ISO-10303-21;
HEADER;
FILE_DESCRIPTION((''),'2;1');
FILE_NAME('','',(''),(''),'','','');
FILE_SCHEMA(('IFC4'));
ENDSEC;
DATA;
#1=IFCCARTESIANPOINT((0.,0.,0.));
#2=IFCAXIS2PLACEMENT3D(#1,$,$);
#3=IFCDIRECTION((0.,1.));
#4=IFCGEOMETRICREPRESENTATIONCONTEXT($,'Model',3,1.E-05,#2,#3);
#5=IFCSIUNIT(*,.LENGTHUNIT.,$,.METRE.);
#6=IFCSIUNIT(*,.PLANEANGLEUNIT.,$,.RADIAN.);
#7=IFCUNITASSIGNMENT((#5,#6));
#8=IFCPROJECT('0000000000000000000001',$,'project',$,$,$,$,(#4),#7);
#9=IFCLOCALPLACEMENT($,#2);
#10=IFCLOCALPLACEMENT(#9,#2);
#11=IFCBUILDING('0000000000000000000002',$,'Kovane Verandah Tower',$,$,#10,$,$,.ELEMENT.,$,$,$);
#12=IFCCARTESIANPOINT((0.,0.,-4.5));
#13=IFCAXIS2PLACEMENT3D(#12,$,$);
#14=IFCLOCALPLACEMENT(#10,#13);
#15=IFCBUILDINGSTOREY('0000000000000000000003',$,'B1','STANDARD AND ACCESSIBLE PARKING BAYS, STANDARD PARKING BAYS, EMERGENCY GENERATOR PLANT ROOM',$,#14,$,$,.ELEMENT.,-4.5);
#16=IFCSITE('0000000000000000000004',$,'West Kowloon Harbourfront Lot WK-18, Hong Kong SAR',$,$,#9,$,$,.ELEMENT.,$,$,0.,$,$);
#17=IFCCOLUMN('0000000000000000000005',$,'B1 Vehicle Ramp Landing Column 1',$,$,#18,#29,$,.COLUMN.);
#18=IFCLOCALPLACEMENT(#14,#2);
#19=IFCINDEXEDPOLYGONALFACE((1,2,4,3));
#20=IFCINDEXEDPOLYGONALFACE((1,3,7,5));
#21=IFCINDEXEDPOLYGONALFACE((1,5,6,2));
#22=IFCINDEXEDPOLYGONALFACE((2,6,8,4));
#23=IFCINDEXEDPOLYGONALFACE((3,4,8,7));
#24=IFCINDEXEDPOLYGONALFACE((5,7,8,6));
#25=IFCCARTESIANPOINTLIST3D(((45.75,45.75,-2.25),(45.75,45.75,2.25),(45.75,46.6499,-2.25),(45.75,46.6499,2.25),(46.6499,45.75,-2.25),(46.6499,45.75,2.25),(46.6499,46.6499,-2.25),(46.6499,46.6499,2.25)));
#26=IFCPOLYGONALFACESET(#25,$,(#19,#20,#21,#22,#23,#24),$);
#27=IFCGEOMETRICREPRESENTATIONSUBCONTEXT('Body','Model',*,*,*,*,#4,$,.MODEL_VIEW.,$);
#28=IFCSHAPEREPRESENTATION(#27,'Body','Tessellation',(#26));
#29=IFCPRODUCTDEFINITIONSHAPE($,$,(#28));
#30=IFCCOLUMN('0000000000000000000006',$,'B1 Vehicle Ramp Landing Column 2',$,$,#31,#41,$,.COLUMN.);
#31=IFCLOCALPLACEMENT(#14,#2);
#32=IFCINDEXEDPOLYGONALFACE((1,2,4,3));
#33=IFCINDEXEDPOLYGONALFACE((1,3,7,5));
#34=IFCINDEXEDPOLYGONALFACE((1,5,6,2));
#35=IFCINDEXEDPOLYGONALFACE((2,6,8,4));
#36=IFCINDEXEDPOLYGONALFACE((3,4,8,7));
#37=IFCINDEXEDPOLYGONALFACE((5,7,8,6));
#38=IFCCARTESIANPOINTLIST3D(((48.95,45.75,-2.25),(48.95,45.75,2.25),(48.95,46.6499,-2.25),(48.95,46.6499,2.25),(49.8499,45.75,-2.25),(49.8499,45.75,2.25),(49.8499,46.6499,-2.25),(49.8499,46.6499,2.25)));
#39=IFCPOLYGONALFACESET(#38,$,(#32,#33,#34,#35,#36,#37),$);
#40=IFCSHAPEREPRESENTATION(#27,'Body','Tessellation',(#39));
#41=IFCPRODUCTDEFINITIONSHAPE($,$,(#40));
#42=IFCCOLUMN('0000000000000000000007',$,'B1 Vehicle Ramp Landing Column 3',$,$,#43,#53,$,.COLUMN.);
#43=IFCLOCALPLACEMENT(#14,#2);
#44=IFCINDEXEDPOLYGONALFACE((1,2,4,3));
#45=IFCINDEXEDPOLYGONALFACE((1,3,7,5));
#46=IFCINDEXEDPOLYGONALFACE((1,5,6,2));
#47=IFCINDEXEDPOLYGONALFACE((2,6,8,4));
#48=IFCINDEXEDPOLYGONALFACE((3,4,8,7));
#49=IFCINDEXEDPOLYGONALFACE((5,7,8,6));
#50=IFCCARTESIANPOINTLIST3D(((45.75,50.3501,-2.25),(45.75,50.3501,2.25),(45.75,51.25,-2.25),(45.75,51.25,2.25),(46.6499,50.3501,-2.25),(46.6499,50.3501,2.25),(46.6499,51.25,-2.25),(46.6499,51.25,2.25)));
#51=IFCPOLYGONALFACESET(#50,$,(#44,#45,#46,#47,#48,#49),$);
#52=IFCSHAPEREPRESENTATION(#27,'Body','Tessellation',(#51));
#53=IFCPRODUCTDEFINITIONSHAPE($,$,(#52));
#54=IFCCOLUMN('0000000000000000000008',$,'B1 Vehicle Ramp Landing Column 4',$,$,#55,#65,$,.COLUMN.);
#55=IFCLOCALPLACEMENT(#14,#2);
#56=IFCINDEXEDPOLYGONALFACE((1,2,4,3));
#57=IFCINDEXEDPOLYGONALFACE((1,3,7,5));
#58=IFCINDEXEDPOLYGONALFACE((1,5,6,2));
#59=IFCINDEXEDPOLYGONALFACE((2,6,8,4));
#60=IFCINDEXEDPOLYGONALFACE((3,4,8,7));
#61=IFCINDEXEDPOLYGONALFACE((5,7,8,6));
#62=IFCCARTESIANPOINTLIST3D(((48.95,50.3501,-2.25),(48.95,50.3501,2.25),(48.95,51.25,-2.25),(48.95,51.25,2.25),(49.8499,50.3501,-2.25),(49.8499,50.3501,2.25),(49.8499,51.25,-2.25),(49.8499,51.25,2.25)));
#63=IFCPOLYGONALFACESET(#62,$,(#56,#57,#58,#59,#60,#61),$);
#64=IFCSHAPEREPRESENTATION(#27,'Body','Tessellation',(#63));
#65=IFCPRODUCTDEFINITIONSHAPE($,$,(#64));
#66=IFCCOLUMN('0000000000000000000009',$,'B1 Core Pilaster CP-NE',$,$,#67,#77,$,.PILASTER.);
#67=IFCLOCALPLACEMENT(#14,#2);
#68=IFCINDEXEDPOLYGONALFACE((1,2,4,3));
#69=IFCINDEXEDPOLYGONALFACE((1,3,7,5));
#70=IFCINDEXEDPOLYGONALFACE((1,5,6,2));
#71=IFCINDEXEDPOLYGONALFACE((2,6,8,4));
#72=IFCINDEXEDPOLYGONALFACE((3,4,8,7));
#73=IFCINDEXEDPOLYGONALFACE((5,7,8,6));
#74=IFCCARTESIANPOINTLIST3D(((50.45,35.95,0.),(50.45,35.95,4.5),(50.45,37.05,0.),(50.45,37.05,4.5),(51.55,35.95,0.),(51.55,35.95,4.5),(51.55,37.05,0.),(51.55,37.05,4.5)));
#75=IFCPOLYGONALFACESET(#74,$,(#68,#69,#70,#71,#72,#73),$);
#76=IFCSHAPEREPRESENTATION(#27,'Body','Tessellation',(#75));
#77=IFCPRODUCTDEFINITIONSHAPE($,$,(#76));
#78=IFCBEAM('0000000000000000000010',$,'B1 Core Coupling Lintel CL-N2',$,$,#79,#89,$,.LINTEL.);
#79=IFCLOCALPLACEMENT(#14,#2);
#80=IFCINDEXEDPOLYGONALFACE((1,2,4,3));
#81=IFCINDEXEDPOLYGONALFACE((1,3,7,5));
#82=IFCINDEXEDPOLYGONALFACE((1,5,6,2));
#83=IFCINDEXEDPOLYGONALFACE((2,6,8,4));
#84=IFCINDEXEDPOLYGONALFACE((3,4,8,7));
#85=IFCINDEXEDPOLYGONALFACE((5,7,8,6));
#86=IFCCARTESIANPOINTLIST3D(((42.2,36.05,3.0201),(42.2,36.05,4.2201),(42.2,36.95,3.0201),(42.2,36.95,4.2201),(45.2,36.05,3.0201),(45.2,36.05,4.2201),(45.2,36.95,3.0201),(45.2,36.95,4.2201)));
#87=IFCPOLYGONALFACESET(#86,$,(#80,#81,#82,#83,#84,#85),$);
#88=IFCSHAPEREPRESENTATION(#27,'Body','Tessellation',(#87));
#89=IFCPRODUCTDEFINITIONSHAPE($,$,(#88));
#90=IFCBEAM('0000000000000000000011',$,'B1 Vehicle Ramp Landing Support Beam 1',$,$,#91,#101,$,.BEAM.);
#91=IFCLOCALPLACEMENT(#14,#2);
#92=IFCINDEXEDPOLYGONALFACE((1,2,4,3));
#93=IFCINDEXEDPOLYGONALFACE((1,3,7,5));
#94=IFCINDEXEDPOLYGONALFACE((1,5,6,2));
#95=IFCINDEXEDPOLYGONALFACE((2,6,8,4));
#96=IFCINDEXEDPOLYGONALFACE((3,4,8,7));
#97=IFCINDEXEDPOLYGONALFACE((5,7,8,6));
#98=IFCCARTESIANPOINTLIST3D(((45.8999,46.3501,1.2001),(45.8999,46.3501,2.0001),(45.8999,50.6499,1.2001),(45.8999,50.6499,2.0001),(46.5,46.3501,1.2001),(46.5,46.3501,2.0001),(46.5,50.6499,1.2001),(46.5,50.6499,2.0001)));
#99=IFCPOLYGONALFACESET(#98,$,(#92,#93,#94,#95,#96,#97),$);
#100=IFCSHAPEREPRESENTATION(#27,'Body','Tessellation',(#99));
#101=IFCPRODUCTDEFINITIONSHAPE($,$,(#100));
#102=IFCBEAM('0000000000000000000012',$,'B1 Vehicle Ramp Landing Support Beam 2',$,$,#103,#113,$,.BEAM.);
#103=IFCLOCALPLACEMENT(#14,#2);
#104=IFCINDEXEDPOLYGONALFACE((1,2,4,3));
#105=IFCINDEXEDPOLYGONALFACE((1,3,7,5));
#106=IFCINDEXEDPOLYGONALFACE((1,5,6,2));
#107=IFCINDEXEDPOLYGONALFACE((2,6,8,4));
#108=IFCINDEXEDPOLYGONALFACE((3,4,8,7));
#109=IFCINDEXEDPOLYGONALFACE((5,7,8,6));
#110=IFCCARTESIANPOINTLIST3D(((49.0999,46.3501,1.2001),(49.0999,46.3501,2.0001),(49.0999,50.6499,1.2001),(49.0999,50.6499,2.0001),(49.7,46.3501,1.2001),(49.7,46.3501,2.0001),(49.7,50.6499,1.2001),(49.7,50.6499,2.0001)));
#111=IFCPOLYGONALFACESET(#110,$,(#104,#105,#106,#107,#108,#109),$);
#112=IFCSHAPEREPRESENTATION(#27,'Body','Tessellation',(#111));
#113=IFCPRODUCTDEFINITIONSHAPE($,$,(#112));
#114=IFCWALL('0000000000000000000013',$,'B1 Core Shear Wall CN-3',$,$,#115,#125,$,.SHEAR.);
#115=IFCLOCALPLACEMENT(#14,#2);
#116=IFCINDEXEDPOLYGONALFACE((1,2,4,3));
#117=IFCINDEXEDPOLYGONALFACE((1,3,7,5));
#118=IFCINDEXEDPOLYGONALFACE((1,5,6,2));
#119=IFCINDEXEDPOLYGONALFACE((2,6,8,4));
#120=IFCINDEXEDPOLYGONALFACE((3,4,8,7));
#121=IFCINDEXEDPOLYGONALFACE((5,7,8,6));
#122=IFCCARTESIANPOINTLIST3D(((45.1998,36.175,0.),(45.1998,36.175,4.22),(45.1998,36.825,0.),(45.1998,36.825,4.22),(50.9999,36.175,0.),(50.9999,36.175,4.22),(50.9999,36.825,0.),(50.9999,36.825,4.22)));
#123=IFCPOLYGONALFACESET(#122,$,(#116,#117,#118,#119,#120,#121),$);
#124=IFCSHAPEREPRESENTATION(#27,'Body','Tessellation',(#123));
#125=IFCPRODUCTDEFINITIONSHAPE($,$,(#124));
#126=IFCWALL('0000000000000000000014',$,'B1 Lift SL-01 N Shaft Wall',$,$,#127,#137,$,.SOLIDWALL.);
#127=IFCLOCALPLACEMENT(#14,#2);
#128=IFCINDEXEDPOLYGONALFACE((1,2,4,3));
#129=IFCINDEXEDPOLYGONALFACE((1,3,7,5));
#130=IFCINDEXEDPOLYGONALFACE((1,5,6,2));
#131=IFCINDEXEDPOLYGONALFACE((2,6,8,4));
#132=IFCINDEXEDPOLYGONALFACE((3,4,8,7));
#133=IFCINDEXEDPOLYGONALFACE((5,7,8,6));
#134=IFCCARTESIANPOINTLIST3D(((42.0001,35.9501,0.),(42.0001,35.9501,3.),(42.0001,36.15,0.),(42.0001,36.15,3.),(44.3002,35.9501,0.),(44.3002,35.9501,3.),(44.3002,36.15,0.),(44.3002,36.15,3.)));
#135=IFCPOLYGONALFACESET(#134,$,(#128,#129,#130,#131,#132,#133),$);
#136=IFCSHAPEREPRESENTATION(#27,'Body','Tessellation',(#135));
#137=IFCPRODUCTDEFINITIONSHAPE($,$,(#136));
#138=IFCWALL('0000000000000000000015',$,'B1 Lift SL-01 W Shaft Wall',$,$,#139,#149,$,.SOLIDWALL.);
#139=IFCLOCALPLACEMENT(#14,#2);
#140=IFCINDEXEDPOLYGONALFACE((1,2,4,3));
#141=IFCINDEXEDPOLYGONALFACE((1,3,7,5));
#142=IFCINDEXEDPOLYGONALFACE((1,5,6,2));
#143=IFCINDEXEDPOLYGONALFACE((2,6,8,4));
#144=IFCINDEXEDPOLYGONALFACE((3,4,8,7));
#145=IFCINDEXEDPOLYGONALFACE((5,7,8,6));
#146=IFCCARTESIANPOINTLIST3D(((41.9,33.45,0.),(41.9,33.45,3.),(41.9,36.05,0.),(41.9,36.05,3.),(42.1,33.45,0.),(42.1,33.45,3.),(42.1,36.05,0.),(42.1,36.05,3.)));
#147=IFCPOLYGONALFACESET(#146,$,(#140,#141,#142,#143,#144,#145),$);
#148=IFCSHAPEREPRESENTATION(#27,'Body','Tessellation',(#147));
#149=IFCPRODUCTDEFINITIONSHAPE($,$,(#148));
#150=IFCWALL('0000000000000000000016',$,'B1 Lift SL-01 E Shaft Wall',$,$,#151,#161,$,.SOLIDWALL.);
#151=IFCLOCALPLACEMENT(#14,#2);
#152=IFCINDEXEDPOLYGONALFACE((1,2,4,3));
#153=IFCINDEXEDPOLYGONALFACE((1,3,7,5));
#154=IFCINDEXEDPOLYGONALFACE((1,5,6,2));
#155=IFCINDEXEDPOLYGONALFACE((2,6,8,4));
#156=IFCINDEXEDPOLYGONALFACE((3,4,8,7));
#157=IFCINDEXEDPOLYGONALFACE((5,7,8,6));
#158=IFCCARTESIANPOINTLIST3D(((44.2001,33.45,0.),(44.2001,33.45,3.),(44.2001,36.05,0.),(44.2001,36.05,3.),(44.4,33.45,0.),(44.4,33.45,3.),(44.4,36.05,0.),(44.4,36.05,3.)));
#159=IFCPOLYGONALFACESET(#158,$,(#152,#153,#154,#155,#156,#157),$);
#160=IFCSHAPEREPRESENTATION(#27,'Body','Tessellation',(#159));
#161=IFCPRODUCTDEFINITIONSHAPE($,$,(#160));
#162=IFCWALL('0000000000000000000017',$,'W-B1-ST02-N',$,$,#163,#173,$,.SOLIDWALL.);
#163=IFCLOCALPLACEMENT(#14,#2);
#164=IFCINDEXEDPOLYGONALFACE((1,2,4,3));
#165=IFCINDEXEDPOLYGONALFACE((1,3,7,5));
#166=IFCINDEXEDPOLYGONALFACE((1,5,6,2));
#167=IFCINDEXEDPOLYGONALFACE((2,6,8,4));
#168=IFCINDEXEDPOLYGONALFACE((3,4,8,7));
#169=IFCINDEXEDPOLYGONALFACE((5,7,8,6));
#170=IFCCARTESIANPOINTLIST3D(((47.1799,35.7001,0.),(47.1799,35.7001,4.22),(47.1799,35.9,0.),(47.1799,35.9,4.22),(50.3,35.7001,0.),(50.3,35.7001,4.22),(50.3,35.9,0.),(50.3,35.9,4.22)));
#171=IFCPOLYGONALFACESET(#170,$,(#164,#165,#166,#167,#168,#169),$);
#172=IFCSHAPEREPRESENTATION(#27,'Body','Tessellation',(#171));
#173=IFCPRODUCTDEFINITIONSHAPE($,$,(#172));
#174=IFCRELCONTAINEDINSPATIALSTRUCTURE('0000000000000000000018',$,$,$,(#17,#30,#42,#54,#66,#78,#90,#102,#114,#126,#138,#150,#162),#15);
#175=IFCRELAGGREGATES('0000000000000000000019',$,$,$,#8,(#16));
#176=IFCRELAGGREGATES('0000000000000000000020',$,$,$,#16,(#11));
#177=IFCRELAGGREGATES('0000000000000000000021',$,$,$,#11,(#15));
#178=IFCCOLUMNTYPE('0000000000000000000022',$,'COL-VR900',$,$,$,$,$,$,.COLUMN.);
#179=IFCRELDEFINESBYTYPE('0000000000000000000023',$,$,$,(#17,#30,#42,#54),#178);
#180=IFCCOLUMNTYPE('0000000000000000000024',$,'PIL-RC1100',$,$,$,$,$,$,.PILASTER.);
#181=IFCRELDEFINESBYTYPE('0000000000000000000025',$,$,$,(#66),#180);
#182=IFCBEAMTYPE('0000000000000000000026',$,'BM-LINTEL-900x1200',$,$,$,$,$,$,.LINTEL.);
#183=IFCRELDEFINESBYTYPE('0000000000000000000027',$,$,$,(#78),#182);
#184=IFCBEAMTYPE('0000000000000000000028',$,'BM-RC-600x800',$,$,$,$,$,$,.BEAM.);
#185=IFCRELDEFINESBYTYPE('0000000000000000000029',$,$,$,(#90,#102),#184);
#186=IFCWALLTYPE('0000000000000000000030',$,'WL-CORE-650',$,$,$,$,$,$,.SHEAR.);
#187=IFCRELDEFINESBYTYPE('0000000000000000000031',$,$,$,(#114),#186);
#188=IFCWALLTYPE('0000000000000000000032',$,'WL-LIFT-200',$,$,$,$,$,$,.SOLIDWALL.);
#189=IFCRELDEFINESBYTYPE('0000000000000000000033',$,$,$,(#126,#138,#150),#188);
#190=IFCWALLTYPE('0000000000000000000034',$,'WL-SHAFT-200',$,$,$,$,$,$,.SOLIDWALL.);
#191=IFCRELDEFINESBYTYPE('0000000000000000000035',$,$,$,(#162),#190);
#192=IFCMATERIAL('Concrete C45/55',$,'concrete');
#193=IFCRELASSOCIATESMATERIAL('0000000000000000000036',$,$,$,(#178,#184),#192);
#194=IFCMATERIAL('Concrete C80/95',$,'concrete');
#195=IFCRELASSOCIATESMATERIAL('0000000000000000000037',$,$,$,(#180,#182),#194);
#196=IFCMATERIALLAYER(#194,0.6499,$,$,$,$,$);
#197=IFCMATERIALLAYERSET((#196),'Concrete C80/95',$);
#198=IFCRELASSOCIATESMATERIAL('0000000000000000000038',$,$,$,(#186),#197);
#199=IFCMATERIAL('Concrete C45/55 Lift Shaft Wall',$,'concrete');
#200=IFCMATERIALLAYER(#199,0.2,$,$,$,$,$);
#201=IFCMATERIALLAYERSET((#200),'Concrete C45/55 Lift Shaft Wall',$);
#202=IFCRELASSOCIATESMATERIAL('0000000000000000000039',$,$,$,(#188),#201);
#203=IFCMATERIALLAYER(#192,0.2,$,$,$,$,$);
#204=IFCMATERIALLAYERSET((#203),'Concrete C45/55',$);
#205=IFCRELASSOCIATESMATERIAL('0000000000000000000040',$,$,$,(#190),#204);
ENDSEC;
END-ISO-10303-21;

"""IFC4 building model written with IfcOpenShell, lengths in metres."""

from ifc_helpers import new_model, si_unit, direction, frame, frame_2d, origin, origin_2d, place, context, subcontext, project, spatial, rectangle, extrude, material, layer, layer_set, material_profile, profile_set, type_object, element, save


model = new_model("IFC4")

# Units and contexts
model_context = context("Model", 3, precision=1e-05, world=origin(), true_north=direction((0.0, 1.0)))
body_context = subcontext(model_context, "Body", "Model", "MODEL_VIEW")
ifc_project = project(units=[si_unit("LENGTHUNIT", "METRE"), si_unit("PLANEANGLEUNIT", "RADIAN")], contexts=[model_context])

# Site, building, storey
site_placement = place(None, origin())
site = spatial("IfcSite", under=ifc_project, at=site_placement, Name="West Kowloon Harbourfront Lot WK-18, Hong Kong SAR", CompositionType="ELEMENT", RefElevation=0.0)
building_placement = place(site_placement, origin())
building = spatial("IfcBuilding", under=site, at=building_placement, Name="Kovane Verandah Tower", CompositionType="ELEMENT")
storey_placement = place(building_placement, frame((0.0, 0.0, -4.5)))
storey = spatial("IfcBuildingStorey", under=building, at=storey_placement, Name="B1", Description="STANDARD AND ACCESSIBLE PARKING BAYS, STANDARD PARKING BAYS, EMERGENCY GENERATOR PLANT ROOM", CompositionType="ELEMENT", Elevation=-4.5)

# Columns
ifc_material_1 = material(Name="Concrete C45/55", Category="concrete")
ifc_material_profile_1 = material_profile(ifc_material_1, rectangle(XDim=0.8999, YDim=0.8999, at=origin_2d()), Name="RC900x900")
ifc_profile_set_1 = profile_set([ifc_material_profile_1], Name="Concrete C45/55")
column_type_1 = type_object("IfcColumnType", Name="COL-VR900", PredefinedType="COLUMN", material=ifc_profile_set_1)
for number, where, z_axis, x_axis, name in (
    (1, (46.2, 46.2, -2.25), (0.0, 0.0, 1.0), (1.0, 0.0, 0.0), "B1 Vehicle Ramp Landing Column 1"),
    (2, (49.3999, 46.2, -2.25), (0.0, 0.0, 1.0), (1.0, 0.0, 0.0), "B1 Vehicle Ramp Landing Column 2"),
    (3, (46.2, 50.8, -2.25), (0.0, 0.0, 1.0), (1.0, 0.0, 0.0), "B1 Vehicle Ramp Landing Column 3"),
    (4, (49.3999, 50.8, -2.25), (0.0, 0.0, 1.0), (1.0, 0.0, 0.0), "B1 Vehicle Ramp Landing Column 4"),
):
    element("IfcColumn", number, at=place(storey_placement, frame(where, z_axis=z_axis, x_axis=x_axis)), inside=storey, type_object=column_type_1, Name=name, PredefinedType="COLUMN", context=body_context, shape_type="SweptSolid", body=[
        extrude(rectangle(XDim=0.8999, YDim=0.8999, at=origin_2d()), origin(), (0.0, 0.0, 1.0), 4.5),
    ])
ifc_material_2 = material(Name="Concrete C80/95", Category="concrete")
ifc_material_profile_2 = material_profile(ifc_material_2, rectangle(XDim=1.1001, YDim=1.1001, at=origin_2d()), Name="RC1100x1100")
ifc_profile_set_2 = profile_set([ifc_material_profile_2], Name="Concrete C80/95")
column_type_2 = type_object("IfcColumnType", Name="PIL-RC1100", PredefinedType="PILASTER", material=ifc_profile_set_2)
column_placement = place(storey_placement, frame((51.0, 36.5, 0.0), z_axis=(0.0, 0.0, 1.0), x_axis=(1.0, 0.0, 0.0)))
element("IfcColumn", 5, at=column_placement, inside=storey, type_object=column_type_2, Name="B1 Core Pilaster CP-NE", PredefinedType="PILASTER", context=body_context, shape_type="SweptSolid", body=[
    extrude(rectangle(XDim=1.1001, YDim=1.1001, at=origin_2d()), origin(), (0.0, 0.0, 1.0), 4.5),
])

# Beams
ifc_material_profile_3 = material_profile(ifc_material_2, rectangle(XDim=0.8999, YDim=1.2, at=origin_2d()), Name="RCB900x1200")
ifc_profile_set_3 = profile_set([ifc_material_profile_3], Name="Concrete C80/95")
beam_type_1 = type_object("IfcBeamType", Name="BM-LINTEL-900x1200", PredefinedType="LINTEL", material=ifc_profile_set_3)
beam_placement = place(storey_placement, frame((42.2, 36.5, 3.6201), z_axis=(1.0, 0.0, 0.0), x_axis=(0.0, 1.0, 0.0)))
element("IfcBeam", 6, at=beam_placement, inside=storey, type_object=beam_type_1, Name="B1 Core Coupling Lintel CL-N2", PredefinedType="LINTEL", context=body_context, shape_type="SweptSolid", body=[
    extrude(rectangle(XDim=0.8999, YDim=1.2, at=origin_2d()), origin(), (0.0, 0.0, 1.0), 3.0),
])
ifc_material_profile_4 = material_profile(ifc_material_1, rectangle(XDim=0.6001, YDim=0.8, at=origin_2d()), Name="RCB600x800")
ifc_profile_set_4 = profile_set([ifc_material_profile_4], Name="Concrete C45/55")
beam_type_2 = type_object("IfcBeamType", Name="BM-RC-600x800", PredefinedType="BEAM", material=ifc_profile_set_4)
for number, where, z_axis, x_axis, name in (
    (7, (46.2, 46.3501, 1.6001), (0.0, 1.0, 0.0), (-1.0, 0.0, 0.0), "B1 Vehicle Ramp Landing Support Beam 1"),
    (8, (49.3999, 46.3501, 1.6001), (0.0, 1.0, 0.0), (-1.0, 0.0, 0.0), "B1 Vehicle Ramp Landing Support Beam 2"),
):
    element("IfcBeam", number, at=place(storey_placement, frame(where, z_axis=z_axis, x_axis=x_axis)), inside=storey, type_object=beam_type_2, Name=name, PredefinedType="BEAM", context=body_context, shape_type="SweptSolid", body=[
        extrude(rectangle(XDim=0.6001, YDim=0.8, at=origin_2d()), origin(), (0.0, 0.0, 1.0), 4.2998),
    ])

# Wall
ifc_layer_1 = layer(ifc_material_2, 0.6499)
ifc_layer_set_1 = layer_set([ifc_layer_1], Name="Concrete C80/95")
wall_type_1 = type_object("IfcWallType", Name="WL-CORE-650", PredefinedType="SHEAR", material=ifc_layer_set_1)
wall_1_placement = place(storey_placement, frame((45.2, 36.5, 0.0), z_axis=(0.0, 0.0, 1.0), x_axis=(1.0, 0.0, 0.0)))
element("IfcWall", 9, at=wall_1_placement, inside=storey, type_object=wall_type_1, Name="B1 Core Shear Wall CN-3", PredefinedType="SHEAR", context=body_context, shape_type="SweptSolid", body=[
    extrude(rectangle(XDim=5.8, YDim=0.6499, at=frame_2d((2.8999, 0.0))), origin(), (0.0, 0.0, 1.0), 4.22),
])

# Shared definitions
ifc_material_3 = material(Name="Concrete C45/55 Lift Shaft Wall", Category="concrete")
ifc_layer_2 = layer(ifc_material_3, 0.2)
ifc_layer_set_2 = layer_set([ifc_layer_2], Name="Concrete C45/55 Lift Shaft Wall")
wall_type_2 = type_object("IfcWallType", Name="WL-LIFT-200", PredefinedType="SOLIDWALL", material=ifc_layer_set_2)

# Walls
wall_2_placement = place(storey_placement, frame((44.3, 36.05, 0.0), z_axis=(0.0, 0.0, 1.0), x_axis=(-1.0, 0.0, 0.0)))
element("IfcWall", 10, at=wall_2_placement, inside=storey, type_object=wall_type_2, Name="B1 Lift SL-01 N Shaft Wall", PredefinedType="SOLIDWALL", context=body_context, shape_type="SweptSolid", body=[
    extrude(rectangle(XDim=2.3, YDim=0.2, at=frame_2d((1.1499, 0.0))), origin(), (0.0, 0.0, 1.0), 3.0),
])
for number, where, z_axis, x_axis, name in (
    (11, (42.0, 36.05, 0.0), (0.0, 0.0, 1.0), (0.0, -1.0, 0.0), "B1 Lift SL-01 W Shaft Wall"),
    (12, (44.3, 33.45, 0.0), (0.0, 0.0, 1.0), (0.0, 1.0, 0.0), "B1 Lift SL-01 E Shaft Wall"),
):
    element("IfcWall", number, at=place(storey_placement, frame(where, z_axis=z_axis, x_axis=x_axis)), inside=storey, type_object=wall_type_2, Name=name, PredefinedType="SOLIDWALL", context=body_context, shape_type="SweptSolid", body=[
        extrude(rectangle(XDim=2.6001, YDim=0.2, at=frame_2d((1.3, 0.0))), origin(), (0.0, 0.0, 1.0), 3.0),
    ])
ifc_layer_3 = layer(ifc_material_1, 0.2)
ifc_layer_set_3 = layer_set([ifc_layer_3], Name="Concrete C45/55")
wall_type_3 = type_object("IfcWallType", Name="WL-SHAFT-200", PredefinedType="SOLIDWALL", material=ifc_layer_set_3)
wall_3_placement = place(storey_placement, frame((47.1799, 35.8, 0.0), z_axis=(0.0, 0.0, 1.0), x_axis=(1.0, 0.0, 0.0)))
element("IfcWall", 13, at=wall_3_placement, inside=storey, type_object=wall_type_3, Name="W-B1-ST02-N", PredefinedType="SOLIDWALL", context=body_context, shape_type="SweptSolid", body=[
    extrude(rectangle(XDim=3.1201, YDim=0.2, at=frame_2d((1.5601, 0.0))), origin(), (0.0, 0.0, 1.0), 4.22),
])

save(model, "model.ifc")
